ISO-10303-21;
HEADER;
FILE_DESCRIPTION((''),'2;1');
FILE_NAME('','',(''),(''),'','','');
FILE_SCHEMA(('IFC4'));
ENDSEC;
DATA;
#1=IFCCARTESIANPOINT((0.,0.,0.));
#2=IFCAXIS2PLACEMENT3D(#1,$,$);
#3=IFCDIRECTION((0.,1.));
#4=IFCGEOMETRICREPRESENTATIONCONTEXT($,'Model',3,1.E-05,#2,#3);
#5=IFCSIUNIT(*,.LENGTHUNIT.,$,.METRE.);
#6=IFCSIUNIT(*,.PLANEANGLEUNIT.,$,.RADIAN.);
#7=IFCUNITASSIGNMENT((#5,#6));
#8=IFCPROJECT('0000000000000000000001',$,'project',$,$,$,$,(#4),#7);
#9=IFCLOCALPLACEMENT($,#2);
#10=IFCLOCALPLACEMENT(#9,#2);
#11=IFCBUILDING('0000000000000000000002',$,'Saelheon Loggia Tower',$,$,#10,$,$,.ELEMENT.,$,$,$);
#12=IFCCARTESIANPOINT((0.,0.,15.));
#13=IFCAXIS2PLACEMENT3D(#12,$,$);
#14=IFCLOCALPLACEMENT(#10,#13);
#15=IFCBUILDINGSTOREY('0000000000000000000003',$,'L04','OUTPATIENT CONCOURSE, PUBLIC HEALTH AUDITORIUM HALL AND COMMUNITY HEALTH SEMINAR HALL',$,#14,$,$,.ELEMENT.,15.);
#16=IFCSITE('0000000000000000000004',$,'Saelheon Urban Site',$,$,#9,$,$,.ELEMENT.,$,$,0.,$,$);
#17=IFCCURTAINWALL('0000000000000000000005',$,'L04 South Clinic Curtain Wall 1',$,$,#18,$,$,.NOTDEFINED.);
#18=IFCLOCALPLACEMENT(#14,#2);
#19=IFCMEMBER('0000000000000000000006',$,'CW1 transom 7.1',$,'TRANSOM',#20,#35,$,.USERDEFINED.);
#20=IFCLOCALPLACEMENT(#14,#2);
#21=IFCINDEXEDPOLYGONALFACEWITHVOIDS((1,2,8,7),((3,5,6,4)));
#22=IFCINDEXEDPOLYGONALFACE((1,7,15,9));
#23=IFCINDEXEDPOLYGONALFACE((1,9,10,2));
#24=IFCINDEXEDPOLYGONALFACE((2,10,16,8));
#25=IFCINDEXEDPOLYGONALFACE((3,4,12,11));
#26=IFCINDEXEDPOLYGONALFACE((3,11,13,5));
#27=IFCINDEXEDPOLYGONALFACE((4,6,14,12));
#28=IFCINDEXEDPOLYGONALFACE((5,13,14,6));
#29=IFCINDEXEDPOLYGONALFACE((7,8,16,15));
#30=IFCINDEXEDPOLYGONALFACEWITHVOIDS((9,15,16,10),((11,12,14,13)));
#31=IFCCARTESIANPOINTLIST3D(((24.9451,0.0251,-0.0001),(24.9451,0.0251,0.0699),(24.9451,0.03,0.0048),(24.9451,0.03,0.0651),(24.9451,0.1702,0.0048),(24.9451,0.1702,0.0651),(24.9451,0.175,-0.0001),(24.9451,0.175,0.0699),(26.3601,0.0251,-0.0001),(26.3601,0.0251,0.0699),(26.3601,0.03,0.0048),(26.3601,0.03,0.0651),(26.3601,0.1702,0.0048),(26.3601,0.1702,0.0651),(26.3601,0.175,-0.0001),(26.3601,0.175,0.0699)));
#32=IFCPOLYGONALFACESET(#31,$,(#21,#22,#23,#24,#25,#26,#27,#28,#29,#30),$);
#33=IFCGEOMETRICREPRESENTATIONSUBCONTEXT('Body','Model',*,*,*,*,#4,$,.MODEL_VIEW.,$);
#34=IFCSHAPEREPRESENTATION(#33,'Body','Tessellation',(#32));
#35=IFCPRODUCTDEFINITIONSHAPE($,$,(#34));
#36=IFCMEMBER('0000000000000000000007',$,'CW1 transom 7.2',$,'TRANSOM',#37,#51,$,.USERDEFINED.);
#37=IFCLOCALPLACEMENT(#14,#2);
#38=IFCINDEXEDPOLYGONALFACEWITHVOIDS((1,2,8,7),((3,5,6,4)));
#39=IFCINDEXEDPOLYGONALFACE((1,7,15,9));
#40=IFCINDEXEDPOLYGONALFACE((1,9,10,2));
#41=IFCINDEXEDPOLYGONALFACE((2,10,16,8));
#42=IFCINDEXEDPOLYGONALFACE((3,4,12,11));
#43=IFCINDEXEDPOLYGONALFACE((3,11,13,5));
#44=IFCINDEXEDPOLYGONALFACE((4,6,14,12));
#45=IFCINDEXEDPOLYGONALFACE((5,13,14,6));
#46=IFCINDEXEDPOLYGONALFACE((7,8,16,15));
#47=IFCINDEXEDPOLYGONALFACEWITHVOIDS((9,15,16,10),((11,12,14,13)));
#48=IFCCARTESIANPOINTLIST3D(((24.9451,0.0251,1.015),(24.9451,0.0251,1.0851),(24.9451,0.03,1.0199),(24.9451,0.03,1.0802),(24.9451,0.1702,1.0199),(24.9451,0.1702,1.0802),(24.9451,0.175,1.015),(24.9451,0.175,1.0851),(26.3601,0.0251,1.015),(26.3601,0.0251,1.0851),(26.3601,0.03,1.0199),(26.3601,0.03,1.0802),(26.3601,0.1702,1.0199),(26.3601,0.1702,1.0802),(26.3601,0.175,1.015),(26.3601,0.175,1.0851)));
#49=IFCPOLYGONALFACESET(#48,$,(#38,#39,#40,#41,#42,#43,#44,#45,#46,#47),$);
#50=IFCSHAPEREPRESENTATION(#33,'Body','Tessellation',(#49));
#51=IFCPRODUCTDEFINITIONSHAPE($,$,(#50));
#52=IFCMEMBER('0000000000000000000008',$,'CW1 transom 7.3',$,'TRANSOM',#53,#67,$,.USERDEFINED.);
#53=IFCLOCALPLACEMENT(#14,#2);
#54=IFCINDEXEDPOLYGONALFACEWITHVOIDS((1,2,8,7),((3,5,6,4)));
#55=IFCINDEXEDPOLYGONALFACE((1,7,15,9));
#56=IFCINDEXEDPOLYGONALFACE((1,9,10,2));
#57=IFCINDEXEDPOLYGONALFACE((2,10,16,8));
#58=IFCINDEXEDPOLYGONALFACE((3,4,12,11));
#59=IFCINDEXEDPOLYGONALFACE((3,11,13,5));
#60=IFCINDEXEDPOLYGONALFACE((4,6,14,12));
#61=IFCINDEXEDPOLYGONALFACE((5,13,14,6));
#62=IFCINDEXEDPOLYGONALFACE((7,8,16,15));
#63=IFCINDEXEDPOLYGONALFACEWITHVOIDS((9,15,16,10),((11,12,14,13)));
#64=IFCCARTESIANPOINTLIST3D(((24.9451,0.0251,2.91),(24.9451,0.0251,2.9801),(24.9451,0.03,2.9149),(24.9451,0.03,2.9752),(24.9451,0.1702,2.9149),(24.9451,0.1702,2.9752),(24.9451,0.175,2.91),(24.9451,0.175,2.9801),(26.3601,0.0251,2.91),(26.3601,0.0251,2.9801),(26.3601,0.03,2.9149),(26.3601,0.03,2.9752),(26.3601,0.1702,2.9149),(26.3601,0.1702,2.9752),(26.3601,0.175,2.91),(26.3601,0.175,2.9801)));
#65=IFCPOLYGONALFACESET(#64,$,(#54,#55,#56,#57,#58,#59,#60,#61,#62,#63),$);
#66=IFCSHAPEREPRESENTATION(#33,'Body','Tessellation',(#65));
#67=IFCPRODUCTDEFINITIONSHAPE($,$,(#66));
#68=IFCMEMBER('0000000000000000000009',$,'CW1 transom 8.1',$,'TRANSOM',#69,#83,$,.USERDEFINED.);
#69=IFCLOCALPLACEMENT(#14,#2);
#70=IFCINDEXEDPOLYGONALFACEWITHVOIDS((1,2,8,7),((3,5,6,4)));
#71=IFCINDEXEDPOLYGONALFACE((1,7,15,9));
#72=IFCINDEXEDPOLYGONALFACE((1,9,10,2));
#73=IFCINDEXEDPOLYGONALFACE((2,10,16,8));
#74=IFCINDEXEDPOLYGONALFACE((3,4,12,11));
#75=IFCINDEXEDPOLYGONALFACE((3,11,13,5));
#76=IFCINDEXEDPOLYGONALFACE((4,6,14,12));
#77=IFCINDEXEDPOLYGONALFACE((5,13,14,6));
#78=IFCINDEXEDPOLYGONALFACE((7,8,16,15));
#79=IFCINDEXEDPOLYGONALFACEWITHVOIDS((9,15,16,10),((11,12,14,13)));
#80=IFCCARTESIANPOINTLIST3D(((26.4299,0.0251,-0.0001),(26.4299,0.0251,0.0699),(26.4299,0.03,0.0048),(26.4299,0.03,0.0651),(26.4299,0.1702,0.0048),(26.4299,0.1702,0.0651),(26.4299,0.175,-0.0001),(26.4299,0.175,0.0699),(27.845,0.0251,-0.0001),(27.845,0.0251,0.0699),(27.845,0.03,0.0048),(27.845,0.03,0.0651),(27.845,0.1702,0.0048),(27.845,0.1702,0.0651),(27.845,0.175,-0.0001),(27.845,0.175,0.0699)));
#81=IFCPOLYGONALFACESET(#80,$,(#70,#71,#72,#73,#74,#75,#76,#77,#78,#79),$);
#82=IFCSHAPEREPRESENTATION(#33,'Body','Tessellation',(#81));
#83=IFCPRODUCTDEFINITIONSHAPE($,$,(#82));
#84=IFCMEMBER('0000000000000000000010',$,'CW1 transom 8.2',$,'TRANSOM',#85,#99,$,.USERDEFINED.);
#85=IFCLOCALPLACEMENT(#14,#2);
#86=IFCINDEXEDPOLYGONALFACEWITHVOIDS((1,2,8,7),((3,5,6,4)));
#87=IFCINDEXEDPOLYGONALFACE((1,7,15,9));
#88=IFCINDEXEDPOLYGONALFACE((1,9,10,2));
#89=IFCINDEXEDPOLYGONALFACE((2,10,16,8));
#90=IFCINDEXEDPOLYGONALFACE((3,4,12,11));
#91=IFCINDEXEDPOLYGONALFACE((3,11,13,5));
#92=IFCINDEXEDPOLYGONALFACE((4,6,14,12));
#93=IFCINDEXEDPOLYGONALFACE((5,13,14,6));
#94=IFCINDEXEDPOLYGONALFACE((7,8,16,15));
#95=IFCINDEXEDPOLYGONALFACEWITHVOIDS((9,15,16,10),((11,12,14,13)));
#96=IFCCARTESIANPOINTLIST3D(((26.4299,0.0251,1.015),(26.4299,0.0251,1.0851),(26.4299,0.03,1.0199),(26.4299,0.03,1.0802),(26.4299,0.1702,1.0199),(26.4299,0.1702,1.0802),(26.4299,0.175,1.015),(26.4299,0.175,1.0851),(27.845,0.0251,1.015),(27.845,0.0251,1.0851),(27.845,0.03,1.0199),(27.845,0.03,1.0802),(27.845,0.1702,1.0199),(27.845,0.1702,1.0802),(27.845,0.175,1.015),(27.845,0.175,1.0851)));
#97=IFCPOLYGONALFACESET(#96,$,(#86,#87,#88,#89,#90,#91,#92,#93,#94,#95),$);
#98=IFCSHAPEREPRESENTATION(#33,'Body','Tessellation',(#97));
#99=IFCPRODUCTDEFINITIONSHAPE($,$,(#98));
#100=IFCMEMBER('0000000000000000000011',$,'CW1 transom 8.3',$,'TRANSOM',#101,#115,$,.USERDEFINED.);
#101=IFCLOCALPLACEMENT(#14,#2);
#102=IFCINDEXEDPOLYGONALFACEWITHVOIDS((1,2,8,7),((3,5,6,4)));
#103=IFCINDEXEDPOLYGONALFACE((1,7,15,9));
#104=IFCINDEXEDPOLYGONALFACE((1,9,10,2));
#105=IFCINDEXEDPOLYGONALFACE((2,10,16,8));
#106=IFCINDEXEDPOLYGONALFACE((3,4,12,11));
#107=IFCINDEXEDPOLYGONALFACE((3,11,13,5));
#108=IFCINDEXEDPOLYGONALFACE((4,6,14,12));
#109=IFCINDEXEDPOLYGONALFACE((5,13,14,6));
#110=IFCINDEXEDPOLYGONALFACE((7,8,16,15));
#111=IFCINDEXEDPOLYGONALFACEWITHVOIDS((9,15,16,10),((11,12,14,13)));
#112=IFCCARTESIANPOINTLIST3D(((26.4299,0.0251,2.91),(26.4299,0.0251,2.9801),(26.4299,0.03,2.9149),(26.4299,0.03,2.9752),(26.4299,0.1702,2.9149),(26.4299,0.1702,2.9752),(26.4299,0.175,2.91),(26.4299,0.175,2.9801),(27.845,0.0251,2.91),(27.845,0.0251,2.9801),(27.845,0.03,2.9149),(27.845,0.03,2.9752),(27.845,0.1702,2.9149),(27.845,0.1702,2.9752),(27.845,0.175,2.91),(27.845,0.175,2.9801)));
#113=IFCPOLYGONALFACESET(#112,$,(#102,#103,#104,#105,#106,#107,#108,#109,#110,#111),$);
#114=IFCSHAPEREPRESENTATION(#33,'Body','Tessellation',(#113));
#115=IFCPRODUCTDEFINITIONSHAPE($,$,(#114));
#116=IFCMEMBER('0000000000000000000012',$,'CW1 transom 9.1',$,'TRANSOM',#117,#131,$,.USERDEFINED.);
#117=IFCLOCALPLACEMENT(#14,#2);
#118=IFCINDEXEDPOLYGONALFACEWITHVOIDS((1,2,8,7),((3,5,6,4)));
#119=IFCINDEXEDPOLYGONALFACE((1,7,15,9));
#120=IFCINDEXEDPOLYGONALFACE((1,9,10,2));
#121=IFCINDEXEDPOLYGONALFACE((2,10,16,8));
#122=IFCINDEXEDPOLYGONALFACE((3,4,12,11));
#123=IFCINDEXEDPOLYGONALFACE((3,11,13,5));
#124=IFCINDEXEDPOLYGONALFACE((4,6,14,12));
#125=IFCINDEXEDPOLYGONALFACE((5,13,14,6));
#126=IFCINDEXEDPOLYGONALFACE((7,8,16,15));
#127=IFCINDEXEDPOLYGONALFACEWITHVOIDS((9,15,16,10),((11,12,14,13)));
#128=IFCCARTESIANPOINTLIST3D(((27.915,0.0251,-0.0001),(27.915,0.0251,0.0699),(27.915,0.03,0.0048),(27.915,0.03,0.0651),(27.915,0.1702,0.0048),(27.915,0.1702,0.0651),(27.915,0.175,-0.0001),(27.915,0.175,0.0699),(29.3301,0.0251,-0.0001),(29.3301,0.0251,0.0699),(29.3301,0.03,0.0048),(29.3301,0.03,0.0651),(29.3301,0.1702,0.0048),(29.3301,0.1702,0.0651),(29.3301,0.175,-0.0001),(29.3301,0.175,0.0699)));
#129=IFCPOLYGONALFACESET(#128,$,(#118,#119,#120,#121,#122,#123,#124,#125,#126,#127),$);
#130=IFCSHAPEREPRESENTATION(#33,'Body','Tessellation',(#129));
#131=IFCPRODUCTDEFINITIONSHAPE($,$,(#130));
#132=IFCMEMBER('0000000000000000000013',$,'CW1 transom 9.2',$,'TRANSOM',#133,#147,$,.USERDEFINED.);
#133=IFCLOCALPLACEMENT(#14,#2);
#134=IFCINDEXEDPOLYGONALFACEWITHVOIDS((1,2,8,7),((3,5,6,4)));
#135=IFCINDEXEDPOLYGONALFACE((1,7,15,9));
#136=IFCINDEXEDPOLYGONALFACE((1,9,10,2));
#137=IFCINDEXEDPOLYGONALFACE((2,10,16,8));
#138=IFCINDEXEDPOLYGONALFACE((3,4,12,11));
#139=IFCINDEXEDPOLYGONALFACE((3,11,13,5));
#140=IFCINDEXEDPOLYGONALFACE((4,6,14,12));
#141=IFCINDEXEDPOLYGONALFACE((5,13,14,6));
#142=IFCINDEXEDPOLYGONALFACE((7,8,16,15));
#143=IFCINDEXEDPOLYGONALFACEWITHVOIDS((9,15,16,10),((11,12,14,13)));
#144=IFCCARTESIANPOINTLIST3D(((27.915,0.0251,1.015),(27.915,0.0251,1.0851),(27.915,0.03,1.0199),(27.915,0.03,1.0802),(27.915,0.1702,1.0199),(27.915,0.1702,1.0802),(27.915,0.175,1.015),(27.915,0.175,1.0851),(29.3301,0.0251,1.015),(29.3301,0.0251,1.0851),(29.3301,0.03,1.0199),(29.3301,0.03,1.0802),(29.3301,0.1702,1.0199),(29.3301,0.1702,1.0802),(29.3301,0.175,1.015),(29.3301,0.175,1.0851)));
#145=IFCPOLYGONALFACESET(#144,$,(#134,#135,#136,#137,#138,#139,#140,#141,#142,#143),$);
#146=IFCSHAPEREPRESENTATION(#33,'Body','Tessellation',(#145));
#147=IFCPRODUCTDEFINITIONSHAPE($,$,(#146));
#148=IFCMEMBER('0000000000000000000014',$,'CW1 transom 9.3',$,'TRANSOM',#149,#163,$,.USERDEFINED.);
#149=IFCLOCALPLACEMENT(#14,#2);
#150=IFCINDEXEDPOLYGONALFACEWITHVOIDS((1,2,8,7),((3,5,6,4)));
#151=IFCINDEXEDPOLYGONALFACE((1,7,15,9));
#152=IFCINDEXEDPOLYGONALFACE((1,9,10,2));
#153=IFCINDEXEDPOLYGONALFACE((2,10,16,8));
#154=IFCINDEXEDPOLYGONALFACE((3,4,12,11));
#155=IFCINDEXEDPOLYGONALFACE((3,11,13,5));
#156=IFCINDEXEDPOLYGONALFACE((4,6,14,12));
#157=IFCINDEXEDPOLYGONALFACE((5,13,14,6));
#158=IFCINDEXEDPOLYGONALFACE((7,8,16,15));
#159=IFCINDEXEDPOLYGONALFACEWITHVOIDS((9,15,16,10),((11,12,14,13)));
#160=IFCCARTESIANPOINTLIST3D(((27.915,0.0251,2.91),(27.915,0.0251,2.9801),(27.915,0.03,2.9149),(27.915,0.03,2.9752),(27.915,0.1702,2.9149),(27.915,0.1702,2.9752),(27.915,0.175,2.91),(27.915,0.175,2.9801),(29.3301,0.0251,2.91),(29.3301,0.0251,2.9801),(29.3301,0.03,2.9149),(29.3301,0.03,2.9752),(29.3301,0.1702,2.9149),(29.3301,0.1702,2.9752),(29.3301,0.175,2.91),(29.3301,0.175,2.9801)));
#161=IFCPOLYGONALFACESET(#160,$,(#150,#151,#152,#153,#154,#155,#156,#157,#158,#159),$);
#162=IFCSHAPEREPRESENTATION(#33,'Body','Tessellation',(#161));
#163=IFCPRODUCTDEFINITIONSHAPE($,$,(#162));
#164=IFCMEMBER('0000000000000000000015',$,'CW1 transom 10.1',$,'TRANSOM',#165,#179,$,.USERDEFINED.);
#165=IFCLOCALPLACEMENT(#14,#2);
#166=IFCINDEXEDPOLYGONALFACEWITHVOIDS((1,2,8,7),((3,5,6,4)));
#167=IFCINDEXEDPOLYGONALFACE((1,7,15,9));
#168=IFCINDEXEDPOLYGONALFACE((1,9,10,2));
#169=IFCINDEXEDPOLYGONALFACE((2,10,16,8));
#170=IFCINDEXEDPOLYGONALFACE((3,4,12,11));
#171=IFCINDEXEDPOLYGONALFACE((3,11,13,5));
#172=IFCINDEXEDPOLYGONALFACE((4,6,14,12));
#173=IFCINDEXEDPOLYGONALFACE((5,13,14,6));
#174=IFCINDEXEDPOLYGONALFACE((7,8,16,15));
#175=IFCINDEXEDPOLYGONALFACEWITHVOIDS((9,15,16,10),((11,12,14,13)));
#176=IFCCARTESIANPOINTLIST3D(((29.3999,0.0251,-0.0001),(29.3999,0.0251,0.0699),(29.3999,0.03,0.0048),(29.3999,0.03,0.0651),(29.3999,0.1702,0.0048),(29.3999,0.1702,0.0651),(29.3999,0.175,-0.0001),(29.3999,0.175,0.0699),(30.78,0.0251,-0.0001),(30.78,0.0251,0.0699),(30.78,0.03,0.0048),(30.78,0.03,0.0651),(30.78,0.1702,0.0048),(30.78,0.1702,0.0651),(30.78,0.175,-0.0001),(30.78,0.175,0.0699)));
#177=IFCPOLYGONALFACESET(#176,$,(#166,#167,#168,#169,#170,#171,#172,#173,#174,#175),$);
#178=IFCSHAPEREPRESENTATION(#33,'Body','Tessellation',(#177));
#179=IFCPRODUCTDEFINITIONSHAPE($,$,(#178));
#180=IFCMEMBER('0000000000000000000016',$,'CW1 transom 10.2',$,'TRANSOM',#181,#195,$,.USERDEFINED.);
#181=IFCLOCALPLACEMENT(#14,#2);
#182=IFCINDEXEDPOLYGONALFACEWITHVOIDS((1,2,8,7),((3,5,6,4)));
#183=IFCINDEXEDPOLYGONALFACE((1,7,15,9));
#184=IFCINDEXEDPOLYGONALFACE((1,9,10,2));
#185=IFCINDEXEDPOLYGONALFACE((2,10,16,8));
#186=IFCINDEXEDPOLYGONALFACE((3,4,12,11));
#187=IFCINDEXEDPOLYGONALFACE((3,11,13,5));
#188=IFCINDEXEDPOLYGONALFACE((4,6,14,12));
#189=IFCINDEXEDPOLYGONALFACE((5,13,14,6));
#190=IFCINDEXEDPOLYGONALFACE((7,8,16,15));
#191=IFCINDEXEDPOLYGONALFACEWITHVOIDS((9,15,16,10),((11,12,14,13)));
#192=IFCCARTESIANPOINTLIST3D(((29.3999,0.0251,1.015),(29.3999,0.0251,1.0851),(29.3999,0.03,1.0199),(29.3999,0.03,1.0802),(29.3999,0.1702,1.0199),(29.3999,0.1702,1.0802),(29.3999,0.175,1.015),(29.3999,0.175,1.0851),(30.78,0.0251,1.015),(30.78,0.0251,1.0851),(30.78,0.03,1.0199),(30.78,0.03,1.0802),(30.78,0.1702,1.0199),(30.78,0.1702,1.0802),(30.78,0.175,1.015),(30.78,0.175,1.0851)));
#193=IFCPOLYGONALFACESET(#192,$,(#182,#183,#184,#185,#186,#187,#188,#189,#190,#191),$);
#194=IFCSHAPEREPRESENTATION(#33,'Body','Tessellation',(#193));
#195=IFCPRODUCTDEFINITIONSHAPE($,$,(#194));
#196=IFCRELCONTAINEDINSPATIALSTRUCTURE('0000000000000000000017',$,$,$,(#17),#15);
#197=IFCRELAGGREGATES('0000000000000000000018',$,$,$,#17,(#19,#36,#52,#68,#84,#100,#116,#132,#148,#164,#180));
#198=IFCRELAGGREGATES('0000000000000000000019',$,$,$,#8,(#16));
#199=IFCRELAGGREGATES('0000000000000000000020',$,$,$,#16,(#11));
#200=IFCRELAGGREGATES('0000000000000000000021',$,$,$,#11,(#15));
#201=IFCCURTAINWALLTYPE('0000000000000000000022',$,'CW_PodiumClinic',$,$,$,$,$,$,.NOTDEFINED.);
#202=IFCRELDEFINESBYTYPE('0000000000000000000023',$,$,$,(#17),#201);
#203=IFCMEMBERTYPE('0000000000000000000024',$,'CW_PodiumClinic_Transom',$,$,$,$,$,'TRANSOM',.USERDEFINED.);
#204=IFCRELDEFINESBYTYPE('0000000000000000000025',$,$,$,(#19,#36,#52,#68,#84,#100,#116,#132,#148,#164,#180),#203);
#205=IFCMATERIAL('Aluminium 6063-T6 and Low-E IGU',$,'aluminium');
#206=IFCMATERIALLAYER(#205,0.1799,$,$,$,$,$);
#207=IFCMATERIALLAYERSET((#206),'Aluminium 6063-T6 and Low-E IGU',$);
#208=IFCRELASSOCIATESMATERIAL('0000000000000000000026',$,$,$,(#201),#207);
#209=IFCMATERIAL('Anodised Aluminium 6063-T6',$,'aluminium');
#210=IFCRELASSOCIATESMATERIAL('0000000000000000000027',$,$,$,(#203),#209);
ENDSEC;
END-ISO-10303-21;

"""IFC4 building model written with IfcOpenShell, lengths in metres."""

from ifc_helpers import new_model, si_unit, direction, frame, origin, origin_2d, place, context, subcontext, project, spatial, hollow_rectangle, extrude, source, transform, mapped, material, layer, layer_set, material_profile, profile_set, type_object, element, aggregate, save


model = new_model("IFC4")

# Units and contexts
model_context = context("Model", 3, precision=1e-05, world=origin(), true_north=direction((0.0, 1.0)))
body_context = subcontext(model_context, "Body", "Model", "MODEL_VIEW")
ifc_project = project(units=[si_unit("LENGTHUNIT", "METRE"), si_unit("PLANEANGLEUNIT", "RADIAN")], contexts=[model_context])

# Site, building, storey
site_placement = place(None, origin())
site = spatial("IfcSite", under=ifc_project, at=site_placement, Name="Saelheon Urban Site", CompositionType="ELEMENT", RefElevation=0.0)
building_placement = place(site_placement, origin())
building = spatial("IfcBuilding", under=site, at=building_placement, Name="Saelheon Loggia Tower", CompositionType="ELEMENT")
storey_placement = place(building_placement, frame((0.0, 0.0, 15.0)))
storey = spatial("IfcBuildingStorey", under=building, at=storey_placement, Name="L04", Description="OUTPATIENT CONCOURSE, PUBLIC HEALTH AUDITORIUM HALL AND COMMUNITY HEALTH SEMINAR HALL", CompositionType="ELEMENT", Elevation=15.0)

# Curtain wall, members
ifc_material_1 = material(Name="Aluminium 6063-T6 and Low-E IGU", Category="aluminium")
ifc_layer_1 = layer(ifc_material_1, 0.1799)
ifc_layer_set_1 = layer_set([ifc_layer_1], Name="Aluminium 6063-T6 and Low-E IGU")
curtain_wall_type = type_object("IfcCurtainWallType", Name="CW_PodiumClinic", PredefinedType="NOTDEFINED", material=ifc_layer_set_1)
curtain_wall_1_placement = place(storey_placement, origin())
curtain_wall_1 = element("IfcCurtainWall", 1, at=curtain_wall_1_placement, inside=storey, type_object=curtain_wall_type, Name="L04 South Clinic Curtain Wall 1", PredefinedType="NOTDEFINED")
ifc_material_2 = material(Name="Anodised Aluminium 6063-T6", Category="aluminium")
ifc_material_profile_1 = material_profile(ifc_material_2, hollow_rectangle(XDim=0.0701, YDim=0.1499, WallThickness=0.0049, at=origin_2d()), Name="RHS-150x70x5")
ifc_profile_set_1 = profile_set([ifc_material_profile_1], Name="Anodised Aluminium 6063-T6")
member_type_1 = type_object("IfcMemberType", Name="CW_PodiumClinic_Transom", ElementType="TRANSOM", PredefinedType="USERDEFINED", material=ifc_profile_set_1)
shared_shape_1 = source(origin(), body_context, "Body", "SweptSolid", [
    extrude(hollow_rectangle(XDim=0.0701, YDim=0.1499, WallThickness=0.0049, at=origin_2d()), origin(), (0.0, 0.0, 1.0), 1.415),
])
member_1_placement = place(storey_placement, frame((24.9451, 0.1001, 0.0349), z_axis=(1.0, 0.0, 0.0), x_axis=(0.0, 0.0, 1.0)))
member_1 = element("IfcMember", 2, at=member_1_placement, type_object=member_type_1, Name="CW1 transom 7.1", ObjectType="TRANSOM", PredefinedType="USERDEFINED", context=body_context, shape_type="MappedRepresentation", body=[
    mapped(shared_shape_1, transform((0.0, 0.0, 0.0), scale=1.0)),
])
member_2_placement = place(storey_placement, frame((24.9451, 0.1001, 1.05), z_axis=(1.0, 0.0, 0.0), x_axis=(0.0, 0.0, 1.0)))
member_2 = element("IfcMember", 3, at=member_2_placement, type_object=member_type_1, Name="CW1 transom 7.2", ObjectType="TRANSOM", PredefinedType="USERDEFINED", context=body_context, shape_type="MappedRepresentation", body=[
    mapped(shared_shape_1, transform((0.0, 0.0, 0.0), scale=1.0)),
])
member_3_placement = place(storey_placement, frame((24.9451, 0.1001, 2.9451), z_axis=(1.0, 0.0, 0.0), x_axis=(0.0, 0.0, 1.0)))
member_3 = element("IfcMember", 4, at=member_3_placement, type_object=member_type_1, Name="CW1 transom 7.3", ObjectType="TRANSOM", PredefinedType="USERDEFINED", context=body_context, shape_type="MappedRepresentation", body=[
    mapped(shared_shape_1, transform((0.0, 0.0, 0.0), scale=1.0)),
])
member_4_placement = place(storey_placement, frame((26.4299, 0.1001, 0.0349), z_axis=(1.0, 0.0, 0.0), x_axis=(0.0, 0.0, 1.0)))
member_4 = element("IfcMember", 5, at=member_4_placement, type_object=member_type_1, Name="CW1 transom 8.1", ObjectType="TRANSOM", PredefinedType="USERDEFINED", context=body_context, shape_type="MappedRepresentation", body=[
    mapped(shared_shape_1, transform((0.0, 0.0, 0.0), scale=1.0)),
])
member_5_placement = place(storey_placement, frame((26.4299, 0.1001, 1.05), z_axis=(1.0, 0.0, 0.0), x_axis=(0.0, 0.0, 1.0)))
member_5 = element("IfcMember", 6, at=member_5_placement, type_object=member_type_1, Name="CW1 transom 8.2", ObjectType="TRANSOM", PredefinedType="USERDEFINED", context=body_context, shape_type="MappedRepresentation", body=[
    mapped(shared_shape_1, transform((0.0, 0.0, 0.0), scale=1.0)),
])
member_6_placement = place(storey_placement, frame((26.4299, 0.1001, 2.9451), z_axis=(1.0, 0.0, 0.0), x_axis=(0.0, 0.0, 1.0)))
member_6 = element("IfcMember", 7, at=member_6_placement, type_object=member_type_1, Name="CW1 transom 8.3", ObjectType="TRANSOM", PredefinedType="USERDEFINED", context=body_context, shape_type="MappedRepresentation", body=[
    mapped(shared_shape_1, transform((0.0, 0.0, 0.0), scale=1.0)),
])
member_7_placement = place(storey_placement, frame((27.915, 0.1001, 0.0349), z_axis=(1.0, 0.0, 0.0), x_axis=(0.0, 0.0, 1.0)))
member_7 = element("IfcMember", 8, at=member_7_placement, type_object=member_type_1, Name="CW1 transom 9.1", ObjectType="TRANSOM", PredefinedType="USERDEFINED", context=body_context, shape_type="MappedRepresentation", body=[
    mapped(shared_shape_1, transform((0.0, 0.0, 0.0), scale=1.0)),
])
member_8_placement = place(storey_placement, frame((27.915, 0.1001, 1.05), z_axis=(1.0, 0.0, 0.0), x_axis=(0.0, 0.0, 1.0)))
member_8 = element("IfcMember", 9, at=member_8_placement, type_object=member_type_1, Name="CW1 transom 9.2", ObjectType="TRANSOM", PredefinedType="USERDEFINED", context=body_context, shape_type="MappedRepresentation", body=[
    mapped(shared_shape_1, transform((0.0, 0.0, 0.0), scale=1.0)),
])
member_9_placement = place(storey_placement, frame((27.915, 0.1001, 2.9451), z_axis=(1.0, 0.0, 0.0), x_axis=(0.0, 0.0, 1.0)))
member_9 = element("IfcMember", 10, at=member_9_placement, type_object=member_type_1, Name="CW1 transom 9.3", ObjectType="TRANSOM", PredefinedType="USERDEFINED", context=body_context, shape_type="MappedRepresentation", body=[
    mapped(shared_shape_1, transform((0.0, 0.0, 0.0), scale=1.0)),
])
shared_shape_2 = source(origin(), body_context, "Body", "SweptSolid", [
    extrude(hollow_rectangle(XDim=0.0701, YDim=0.1499, WallThickness=0.0049, at=origin_2d()), origin(), (0.0, 0.0, 1.0), 1.3801),
])
member_10_placement = place(storey_placement, frame((29.3999, 0.1001, 0.0349), z_axis=(1.0, 0.0, 0.0), x_axis=(0.0, 0.0, 1.0)))
member_10 = element("IfcMember", 11, at=member_10_placement, type_object=member_type_1, Name="CW1 transom 10.1", ObjectType="TRANSOM", PredefinedType="USERDEFINED", context=body_context, shape_type="MappedRepresentation", body=[
    mapped(shared_shape_2, transform((0.0, 0.0, 0.0), scale=1.0)),
])
member_11_placement = place(storey_placement, frame((29.3999, 0.1001, 1.05), z_axis=(1.0, 0.0, 0.0), x_axis=(0.0, 0.0, 1.0)))
member_11 = element("IfcMember", 12, at=member_11_placement, type_object=member_type_1, Name="CW1 transom 10.2", ObjectType="TRANSOM", PredefinedType="USERDEFINED", context=body_context, shape_type="MappedRepresentation", body=[
    mapped(shared_shape_2, transform((0.0, 0.0, 0.0), scale=1.0)),
])

aggregate(curtain_wall_1, [member_1, member_2, member_3, member_4, member_5, member_6, member_7, member_8, member_9, member_10, member_11])

save(model, "model.ifc")
